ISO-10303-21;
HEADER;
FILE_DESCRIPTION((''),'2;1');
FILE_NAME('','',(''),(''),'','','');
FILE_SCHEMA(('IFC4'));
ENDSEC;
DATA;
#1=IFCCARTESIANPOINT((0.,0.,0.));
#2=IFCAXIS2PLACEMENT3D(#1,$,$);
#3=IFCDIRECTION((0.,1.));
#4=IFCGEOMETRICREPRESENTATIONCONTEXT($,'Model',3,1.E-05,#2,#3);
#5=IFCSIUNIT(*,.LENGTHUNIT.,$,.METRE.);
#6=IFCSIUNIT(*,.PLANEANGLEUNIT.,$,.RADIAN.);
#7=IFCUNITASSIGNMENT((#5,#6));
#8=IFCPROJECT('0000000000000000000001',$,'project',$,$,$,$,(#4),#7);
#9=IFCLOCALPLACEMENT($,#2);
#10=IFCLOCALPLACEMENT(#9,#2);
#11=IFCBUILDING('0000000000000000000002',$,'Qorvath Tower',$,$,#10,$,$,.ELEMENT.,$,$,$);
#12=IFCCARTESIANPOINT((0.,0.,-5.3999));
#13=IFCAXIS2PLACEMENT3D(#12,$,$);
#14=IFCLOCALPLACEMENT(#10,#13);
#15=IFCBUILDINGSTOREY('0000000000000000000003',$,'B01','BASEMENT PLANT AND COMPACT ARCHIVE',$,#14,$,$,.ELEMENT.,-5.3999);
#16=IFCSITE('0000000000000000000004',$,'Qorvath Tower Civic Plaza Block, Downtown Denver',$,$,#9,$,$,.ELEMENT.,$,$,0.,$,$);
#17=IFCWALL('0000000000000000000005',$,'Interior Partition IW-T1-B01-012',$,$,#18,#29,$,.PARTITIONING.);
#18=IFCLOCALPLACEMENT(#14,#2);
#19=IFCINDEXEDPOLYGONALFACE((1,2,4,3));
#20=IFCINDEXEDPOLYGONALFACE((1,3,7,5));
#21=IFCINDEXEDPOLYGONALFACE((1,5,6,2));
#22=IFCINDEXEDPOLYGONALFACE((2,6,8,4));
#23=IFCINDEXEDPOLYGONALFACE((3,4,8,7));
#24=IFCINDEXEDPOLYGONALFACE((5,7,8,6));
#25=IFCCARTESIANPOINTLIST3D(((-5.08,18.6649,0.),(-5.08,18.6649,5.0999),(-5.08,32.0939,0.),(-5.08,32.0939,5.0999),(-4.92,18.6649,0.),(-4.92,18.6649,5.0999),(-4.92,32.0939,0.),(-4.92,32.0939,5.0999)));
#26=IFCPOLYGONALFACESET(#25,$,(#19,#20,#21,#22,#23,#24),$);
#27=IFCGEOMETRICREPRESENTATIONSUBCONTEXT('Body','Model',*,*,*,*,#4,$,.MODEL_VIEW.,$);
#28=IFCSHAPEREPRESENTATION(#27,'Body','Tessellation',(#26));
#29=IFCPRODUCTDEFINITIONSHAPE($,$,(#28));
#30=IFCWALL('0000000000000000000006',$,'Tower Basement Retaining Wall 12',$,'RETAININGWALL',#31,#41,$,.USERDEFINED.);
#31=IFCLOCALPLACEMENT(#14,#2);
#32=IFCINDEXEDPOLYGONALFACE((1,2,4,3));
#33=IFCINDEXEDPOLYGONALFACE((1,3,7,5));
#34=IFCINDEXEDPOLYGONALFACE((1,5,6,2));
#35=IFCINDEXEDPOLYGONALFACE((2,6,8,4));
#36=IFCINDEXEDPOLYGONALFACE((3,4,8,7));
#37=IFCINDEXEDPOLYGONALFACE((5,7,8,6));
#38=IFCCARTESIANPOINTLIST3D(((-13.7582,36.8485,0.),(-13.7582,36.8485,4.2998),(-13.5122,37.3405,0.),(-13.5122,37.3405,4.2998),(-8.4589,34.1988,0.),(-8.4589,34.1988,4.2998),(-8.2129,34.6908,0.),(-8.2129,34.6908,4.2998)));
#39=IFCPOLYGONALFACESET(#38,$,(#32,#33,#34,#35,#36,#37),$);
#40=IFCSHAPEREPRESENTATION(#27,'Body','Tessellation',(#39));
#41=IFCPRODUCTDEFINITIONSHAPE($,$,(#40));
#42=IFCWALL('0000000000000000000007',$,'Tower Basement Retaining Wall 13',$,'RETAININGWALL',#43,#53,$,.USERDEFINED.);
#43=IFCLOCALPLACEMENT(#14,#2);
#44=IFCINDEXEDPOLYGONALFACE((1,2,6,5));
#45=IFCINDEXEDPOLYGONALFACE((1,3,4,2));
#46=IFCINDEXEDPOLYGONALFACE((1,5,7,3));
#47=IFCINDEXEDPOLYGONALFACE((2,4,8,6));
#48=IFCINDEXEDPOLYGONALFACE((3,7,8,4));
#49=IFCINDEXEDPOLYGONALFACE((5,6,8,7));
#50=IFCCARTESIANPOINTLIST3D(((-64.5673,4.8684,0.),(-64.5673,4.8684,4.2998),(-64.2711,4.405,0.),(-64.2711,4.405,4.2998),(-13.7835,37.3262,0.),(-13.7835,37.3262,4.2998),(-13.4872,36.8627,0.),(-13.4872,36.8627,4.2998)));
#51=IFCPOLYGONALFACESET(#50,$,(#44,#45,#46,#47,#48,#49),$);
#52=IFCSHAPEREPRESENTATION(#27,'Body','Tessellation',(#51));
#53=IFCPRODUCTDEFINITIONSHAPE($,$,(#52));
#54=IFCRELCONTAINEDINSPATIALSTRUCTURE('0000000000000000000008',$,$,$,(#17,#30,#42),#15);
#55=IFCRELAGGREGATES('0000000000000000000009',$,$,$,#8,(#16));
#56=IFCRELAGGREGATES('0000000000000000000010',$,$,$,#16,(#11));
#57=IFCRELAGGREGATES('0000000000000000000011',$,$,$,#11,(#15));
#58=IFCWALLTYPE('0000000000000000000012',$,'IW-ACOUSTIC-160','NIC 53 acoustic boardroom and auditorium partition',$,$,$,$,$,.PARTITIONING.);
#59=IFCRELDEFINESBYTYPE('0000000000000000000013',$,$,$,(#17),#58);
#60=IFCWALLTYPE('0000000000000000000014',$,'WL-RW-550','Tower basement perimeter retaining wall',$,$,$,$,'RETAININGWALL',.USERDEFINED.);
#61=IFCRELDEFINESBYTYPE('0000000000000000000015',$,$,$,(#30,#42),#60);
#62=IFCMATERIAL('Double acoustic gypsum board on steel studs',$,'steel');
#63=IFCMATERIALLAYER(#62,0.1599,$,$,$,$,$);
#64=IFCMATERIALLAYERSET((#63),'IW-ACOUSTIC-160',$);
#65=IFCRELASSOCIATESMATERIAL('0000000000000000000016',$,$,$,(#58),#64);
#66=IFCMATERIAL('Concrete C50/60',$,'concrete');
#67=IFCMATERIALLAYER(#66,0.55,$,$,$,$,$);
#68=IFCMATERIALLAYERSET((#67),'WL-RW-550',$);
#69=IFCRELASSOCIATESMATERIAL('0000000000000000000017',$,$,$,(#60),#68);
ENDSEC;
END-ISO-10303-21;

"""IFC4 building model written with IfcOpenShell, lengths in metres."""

from ifc_helpers import new_model, si_unit, direction, frame, frame_2d, origin, place, context, subcontext, project, spatial, rectangle, extrude, material, layer, layer_set, type_object, element, save


model = new_model("IFC4")

# Units and contexts
model_context = context("Model", 3, precision=1e-05, world=origin(), true_north=direction((0.0, 1.0)))
body_context = subcontext(model_context, "Body", "Model", "MODEL_VIEW")
ifc_project = project(units=[si_unit("LENGTHUNIT", "METRE"), si_unit("PLANEANGLEUNIT", "RADIAN")], contexts=[model_context])

# Site, building, storey
site_placement = place(None, origin())
site = spatial("IfcSite", under=ifc_project, at=site_placement, Name="Qorvath Tower Civic Plaza Block, Downtown Denver", CompositionType="ELEMENT", RefElevation=0.0)
building_placement = place(site_placement, origin())
building = spatial("IfcBuilding", under=site, at=building_placement, Name="Qorvath Tower", CompositionType="ELEMENT")
storey_placement = place(building_placement, frame((0.0, 0.0, -5.3999)))
storey = spatial("IfcBuildingStorey", under=building, at=storey_placement, Name="B01", Description="BASEMENT PLANT AND COMPACT ARCHIVE", CompositionType="ELEMENT", Elevation=-5.3999)

# Walls
ifc_material_1 = material(Name="Double acoustic gypsum board on steel studs", Category="steel")
ifc_layer_1 = layer(ifc_material_1, 0.1599)
ifc_layer_set_1 = layer_set([ifc_layer_1], Name="IW-ACOUSTIC-160")
wall_type_1 = type_object("IfcWallType", Name="IW-ACOUSTIC-160", Description="NIC 53 acoustic boardroom and auditorium partition", PredefinedType="PARTITIONING", material=ifc_layer_set_1)
wall_1_placement = place(storey_placement, frame((-5.0, 18.665, 0.0), z_axis=(0.0, 0.0, 1.0), x_axis=(0.0, 1.0, 0.0)))
element("IfcWall", 1, at=wall_1_placement, inside=storey, type_object=wall_type_1, Name="Interior Partition IW-T1-B01-012", PredefinedType="PARTITIONING", context=body_context, shape_type="SweptSolid", body=[
    extrude(rectangle(XDim=13.429, YDim=0.1599, at=frame_2d((6.7144, 0.0))), origin(), (0.0, 0.0, 1.0), 5.0999),
])
ifc_material_2 = material(Name="Concrete C50/60", Category="concrete")
ifc_layer_2 = layer(ifc_material_2, 0.55)
ifc_layer_set_2 = layer_set([ifc_layer_2], Name="WL-RW-550")
wall_type_2 = type_object("IfcWallType", Name="WL-RW-550", Description="Tower basement perimeter retaining wall", ElementType="RETAININGWALL", PredefinedType="USERDEFINED", material=ifc_layer_set_2)
wall_2_placement = place(storey_placement, frame((-8.3359, 34.4448, 0.0), z_axis=(0.0, 0.0, 1.0), x_axis=(-0.894427, 0.447214, 0.0)))
element("IfcWall", 2, at=wall_2_placement, inside=storey, type_object=wall_type_2, Name="Tower Basement Retaining Wall 12", ObjectType="RETAININGWALL", PredefinedType="USERDEFINED", context=body_context, shape_type="SweptSolid", body=[
    extrude(rectangle(XDim=5.9248, YDim=0.55, at=frame_2d((2.9624, 0.0))), origin(), (0.0, 0.0, 1.0), 4.2998),
])
wall_3_placement = place(storey_placement, frame((-13.6353, 37.0945, 0.0), z_axis=(0.0, 0.0, 1.0), x_axis=(-0.842602, -0.538536, 0.0)))
element("IfcWall", 3, at=wall_3_placement, inside=storey, type_object=wall_type_2, Name="Tower Basement Retaining Wall 13", ObjectType="RETAININGWALL", PredefinedType="USERDEFINED", context=body_context, shape_type="SweptSolid", body=[
    extrude(rectangle(XDim=60.2703, YDim=0.55, at=frame_2d((30.1353, 0.0))), origin(), (0.0, 0.0, 1.0), 4.2998),
])

save(model, "model.ifc")
